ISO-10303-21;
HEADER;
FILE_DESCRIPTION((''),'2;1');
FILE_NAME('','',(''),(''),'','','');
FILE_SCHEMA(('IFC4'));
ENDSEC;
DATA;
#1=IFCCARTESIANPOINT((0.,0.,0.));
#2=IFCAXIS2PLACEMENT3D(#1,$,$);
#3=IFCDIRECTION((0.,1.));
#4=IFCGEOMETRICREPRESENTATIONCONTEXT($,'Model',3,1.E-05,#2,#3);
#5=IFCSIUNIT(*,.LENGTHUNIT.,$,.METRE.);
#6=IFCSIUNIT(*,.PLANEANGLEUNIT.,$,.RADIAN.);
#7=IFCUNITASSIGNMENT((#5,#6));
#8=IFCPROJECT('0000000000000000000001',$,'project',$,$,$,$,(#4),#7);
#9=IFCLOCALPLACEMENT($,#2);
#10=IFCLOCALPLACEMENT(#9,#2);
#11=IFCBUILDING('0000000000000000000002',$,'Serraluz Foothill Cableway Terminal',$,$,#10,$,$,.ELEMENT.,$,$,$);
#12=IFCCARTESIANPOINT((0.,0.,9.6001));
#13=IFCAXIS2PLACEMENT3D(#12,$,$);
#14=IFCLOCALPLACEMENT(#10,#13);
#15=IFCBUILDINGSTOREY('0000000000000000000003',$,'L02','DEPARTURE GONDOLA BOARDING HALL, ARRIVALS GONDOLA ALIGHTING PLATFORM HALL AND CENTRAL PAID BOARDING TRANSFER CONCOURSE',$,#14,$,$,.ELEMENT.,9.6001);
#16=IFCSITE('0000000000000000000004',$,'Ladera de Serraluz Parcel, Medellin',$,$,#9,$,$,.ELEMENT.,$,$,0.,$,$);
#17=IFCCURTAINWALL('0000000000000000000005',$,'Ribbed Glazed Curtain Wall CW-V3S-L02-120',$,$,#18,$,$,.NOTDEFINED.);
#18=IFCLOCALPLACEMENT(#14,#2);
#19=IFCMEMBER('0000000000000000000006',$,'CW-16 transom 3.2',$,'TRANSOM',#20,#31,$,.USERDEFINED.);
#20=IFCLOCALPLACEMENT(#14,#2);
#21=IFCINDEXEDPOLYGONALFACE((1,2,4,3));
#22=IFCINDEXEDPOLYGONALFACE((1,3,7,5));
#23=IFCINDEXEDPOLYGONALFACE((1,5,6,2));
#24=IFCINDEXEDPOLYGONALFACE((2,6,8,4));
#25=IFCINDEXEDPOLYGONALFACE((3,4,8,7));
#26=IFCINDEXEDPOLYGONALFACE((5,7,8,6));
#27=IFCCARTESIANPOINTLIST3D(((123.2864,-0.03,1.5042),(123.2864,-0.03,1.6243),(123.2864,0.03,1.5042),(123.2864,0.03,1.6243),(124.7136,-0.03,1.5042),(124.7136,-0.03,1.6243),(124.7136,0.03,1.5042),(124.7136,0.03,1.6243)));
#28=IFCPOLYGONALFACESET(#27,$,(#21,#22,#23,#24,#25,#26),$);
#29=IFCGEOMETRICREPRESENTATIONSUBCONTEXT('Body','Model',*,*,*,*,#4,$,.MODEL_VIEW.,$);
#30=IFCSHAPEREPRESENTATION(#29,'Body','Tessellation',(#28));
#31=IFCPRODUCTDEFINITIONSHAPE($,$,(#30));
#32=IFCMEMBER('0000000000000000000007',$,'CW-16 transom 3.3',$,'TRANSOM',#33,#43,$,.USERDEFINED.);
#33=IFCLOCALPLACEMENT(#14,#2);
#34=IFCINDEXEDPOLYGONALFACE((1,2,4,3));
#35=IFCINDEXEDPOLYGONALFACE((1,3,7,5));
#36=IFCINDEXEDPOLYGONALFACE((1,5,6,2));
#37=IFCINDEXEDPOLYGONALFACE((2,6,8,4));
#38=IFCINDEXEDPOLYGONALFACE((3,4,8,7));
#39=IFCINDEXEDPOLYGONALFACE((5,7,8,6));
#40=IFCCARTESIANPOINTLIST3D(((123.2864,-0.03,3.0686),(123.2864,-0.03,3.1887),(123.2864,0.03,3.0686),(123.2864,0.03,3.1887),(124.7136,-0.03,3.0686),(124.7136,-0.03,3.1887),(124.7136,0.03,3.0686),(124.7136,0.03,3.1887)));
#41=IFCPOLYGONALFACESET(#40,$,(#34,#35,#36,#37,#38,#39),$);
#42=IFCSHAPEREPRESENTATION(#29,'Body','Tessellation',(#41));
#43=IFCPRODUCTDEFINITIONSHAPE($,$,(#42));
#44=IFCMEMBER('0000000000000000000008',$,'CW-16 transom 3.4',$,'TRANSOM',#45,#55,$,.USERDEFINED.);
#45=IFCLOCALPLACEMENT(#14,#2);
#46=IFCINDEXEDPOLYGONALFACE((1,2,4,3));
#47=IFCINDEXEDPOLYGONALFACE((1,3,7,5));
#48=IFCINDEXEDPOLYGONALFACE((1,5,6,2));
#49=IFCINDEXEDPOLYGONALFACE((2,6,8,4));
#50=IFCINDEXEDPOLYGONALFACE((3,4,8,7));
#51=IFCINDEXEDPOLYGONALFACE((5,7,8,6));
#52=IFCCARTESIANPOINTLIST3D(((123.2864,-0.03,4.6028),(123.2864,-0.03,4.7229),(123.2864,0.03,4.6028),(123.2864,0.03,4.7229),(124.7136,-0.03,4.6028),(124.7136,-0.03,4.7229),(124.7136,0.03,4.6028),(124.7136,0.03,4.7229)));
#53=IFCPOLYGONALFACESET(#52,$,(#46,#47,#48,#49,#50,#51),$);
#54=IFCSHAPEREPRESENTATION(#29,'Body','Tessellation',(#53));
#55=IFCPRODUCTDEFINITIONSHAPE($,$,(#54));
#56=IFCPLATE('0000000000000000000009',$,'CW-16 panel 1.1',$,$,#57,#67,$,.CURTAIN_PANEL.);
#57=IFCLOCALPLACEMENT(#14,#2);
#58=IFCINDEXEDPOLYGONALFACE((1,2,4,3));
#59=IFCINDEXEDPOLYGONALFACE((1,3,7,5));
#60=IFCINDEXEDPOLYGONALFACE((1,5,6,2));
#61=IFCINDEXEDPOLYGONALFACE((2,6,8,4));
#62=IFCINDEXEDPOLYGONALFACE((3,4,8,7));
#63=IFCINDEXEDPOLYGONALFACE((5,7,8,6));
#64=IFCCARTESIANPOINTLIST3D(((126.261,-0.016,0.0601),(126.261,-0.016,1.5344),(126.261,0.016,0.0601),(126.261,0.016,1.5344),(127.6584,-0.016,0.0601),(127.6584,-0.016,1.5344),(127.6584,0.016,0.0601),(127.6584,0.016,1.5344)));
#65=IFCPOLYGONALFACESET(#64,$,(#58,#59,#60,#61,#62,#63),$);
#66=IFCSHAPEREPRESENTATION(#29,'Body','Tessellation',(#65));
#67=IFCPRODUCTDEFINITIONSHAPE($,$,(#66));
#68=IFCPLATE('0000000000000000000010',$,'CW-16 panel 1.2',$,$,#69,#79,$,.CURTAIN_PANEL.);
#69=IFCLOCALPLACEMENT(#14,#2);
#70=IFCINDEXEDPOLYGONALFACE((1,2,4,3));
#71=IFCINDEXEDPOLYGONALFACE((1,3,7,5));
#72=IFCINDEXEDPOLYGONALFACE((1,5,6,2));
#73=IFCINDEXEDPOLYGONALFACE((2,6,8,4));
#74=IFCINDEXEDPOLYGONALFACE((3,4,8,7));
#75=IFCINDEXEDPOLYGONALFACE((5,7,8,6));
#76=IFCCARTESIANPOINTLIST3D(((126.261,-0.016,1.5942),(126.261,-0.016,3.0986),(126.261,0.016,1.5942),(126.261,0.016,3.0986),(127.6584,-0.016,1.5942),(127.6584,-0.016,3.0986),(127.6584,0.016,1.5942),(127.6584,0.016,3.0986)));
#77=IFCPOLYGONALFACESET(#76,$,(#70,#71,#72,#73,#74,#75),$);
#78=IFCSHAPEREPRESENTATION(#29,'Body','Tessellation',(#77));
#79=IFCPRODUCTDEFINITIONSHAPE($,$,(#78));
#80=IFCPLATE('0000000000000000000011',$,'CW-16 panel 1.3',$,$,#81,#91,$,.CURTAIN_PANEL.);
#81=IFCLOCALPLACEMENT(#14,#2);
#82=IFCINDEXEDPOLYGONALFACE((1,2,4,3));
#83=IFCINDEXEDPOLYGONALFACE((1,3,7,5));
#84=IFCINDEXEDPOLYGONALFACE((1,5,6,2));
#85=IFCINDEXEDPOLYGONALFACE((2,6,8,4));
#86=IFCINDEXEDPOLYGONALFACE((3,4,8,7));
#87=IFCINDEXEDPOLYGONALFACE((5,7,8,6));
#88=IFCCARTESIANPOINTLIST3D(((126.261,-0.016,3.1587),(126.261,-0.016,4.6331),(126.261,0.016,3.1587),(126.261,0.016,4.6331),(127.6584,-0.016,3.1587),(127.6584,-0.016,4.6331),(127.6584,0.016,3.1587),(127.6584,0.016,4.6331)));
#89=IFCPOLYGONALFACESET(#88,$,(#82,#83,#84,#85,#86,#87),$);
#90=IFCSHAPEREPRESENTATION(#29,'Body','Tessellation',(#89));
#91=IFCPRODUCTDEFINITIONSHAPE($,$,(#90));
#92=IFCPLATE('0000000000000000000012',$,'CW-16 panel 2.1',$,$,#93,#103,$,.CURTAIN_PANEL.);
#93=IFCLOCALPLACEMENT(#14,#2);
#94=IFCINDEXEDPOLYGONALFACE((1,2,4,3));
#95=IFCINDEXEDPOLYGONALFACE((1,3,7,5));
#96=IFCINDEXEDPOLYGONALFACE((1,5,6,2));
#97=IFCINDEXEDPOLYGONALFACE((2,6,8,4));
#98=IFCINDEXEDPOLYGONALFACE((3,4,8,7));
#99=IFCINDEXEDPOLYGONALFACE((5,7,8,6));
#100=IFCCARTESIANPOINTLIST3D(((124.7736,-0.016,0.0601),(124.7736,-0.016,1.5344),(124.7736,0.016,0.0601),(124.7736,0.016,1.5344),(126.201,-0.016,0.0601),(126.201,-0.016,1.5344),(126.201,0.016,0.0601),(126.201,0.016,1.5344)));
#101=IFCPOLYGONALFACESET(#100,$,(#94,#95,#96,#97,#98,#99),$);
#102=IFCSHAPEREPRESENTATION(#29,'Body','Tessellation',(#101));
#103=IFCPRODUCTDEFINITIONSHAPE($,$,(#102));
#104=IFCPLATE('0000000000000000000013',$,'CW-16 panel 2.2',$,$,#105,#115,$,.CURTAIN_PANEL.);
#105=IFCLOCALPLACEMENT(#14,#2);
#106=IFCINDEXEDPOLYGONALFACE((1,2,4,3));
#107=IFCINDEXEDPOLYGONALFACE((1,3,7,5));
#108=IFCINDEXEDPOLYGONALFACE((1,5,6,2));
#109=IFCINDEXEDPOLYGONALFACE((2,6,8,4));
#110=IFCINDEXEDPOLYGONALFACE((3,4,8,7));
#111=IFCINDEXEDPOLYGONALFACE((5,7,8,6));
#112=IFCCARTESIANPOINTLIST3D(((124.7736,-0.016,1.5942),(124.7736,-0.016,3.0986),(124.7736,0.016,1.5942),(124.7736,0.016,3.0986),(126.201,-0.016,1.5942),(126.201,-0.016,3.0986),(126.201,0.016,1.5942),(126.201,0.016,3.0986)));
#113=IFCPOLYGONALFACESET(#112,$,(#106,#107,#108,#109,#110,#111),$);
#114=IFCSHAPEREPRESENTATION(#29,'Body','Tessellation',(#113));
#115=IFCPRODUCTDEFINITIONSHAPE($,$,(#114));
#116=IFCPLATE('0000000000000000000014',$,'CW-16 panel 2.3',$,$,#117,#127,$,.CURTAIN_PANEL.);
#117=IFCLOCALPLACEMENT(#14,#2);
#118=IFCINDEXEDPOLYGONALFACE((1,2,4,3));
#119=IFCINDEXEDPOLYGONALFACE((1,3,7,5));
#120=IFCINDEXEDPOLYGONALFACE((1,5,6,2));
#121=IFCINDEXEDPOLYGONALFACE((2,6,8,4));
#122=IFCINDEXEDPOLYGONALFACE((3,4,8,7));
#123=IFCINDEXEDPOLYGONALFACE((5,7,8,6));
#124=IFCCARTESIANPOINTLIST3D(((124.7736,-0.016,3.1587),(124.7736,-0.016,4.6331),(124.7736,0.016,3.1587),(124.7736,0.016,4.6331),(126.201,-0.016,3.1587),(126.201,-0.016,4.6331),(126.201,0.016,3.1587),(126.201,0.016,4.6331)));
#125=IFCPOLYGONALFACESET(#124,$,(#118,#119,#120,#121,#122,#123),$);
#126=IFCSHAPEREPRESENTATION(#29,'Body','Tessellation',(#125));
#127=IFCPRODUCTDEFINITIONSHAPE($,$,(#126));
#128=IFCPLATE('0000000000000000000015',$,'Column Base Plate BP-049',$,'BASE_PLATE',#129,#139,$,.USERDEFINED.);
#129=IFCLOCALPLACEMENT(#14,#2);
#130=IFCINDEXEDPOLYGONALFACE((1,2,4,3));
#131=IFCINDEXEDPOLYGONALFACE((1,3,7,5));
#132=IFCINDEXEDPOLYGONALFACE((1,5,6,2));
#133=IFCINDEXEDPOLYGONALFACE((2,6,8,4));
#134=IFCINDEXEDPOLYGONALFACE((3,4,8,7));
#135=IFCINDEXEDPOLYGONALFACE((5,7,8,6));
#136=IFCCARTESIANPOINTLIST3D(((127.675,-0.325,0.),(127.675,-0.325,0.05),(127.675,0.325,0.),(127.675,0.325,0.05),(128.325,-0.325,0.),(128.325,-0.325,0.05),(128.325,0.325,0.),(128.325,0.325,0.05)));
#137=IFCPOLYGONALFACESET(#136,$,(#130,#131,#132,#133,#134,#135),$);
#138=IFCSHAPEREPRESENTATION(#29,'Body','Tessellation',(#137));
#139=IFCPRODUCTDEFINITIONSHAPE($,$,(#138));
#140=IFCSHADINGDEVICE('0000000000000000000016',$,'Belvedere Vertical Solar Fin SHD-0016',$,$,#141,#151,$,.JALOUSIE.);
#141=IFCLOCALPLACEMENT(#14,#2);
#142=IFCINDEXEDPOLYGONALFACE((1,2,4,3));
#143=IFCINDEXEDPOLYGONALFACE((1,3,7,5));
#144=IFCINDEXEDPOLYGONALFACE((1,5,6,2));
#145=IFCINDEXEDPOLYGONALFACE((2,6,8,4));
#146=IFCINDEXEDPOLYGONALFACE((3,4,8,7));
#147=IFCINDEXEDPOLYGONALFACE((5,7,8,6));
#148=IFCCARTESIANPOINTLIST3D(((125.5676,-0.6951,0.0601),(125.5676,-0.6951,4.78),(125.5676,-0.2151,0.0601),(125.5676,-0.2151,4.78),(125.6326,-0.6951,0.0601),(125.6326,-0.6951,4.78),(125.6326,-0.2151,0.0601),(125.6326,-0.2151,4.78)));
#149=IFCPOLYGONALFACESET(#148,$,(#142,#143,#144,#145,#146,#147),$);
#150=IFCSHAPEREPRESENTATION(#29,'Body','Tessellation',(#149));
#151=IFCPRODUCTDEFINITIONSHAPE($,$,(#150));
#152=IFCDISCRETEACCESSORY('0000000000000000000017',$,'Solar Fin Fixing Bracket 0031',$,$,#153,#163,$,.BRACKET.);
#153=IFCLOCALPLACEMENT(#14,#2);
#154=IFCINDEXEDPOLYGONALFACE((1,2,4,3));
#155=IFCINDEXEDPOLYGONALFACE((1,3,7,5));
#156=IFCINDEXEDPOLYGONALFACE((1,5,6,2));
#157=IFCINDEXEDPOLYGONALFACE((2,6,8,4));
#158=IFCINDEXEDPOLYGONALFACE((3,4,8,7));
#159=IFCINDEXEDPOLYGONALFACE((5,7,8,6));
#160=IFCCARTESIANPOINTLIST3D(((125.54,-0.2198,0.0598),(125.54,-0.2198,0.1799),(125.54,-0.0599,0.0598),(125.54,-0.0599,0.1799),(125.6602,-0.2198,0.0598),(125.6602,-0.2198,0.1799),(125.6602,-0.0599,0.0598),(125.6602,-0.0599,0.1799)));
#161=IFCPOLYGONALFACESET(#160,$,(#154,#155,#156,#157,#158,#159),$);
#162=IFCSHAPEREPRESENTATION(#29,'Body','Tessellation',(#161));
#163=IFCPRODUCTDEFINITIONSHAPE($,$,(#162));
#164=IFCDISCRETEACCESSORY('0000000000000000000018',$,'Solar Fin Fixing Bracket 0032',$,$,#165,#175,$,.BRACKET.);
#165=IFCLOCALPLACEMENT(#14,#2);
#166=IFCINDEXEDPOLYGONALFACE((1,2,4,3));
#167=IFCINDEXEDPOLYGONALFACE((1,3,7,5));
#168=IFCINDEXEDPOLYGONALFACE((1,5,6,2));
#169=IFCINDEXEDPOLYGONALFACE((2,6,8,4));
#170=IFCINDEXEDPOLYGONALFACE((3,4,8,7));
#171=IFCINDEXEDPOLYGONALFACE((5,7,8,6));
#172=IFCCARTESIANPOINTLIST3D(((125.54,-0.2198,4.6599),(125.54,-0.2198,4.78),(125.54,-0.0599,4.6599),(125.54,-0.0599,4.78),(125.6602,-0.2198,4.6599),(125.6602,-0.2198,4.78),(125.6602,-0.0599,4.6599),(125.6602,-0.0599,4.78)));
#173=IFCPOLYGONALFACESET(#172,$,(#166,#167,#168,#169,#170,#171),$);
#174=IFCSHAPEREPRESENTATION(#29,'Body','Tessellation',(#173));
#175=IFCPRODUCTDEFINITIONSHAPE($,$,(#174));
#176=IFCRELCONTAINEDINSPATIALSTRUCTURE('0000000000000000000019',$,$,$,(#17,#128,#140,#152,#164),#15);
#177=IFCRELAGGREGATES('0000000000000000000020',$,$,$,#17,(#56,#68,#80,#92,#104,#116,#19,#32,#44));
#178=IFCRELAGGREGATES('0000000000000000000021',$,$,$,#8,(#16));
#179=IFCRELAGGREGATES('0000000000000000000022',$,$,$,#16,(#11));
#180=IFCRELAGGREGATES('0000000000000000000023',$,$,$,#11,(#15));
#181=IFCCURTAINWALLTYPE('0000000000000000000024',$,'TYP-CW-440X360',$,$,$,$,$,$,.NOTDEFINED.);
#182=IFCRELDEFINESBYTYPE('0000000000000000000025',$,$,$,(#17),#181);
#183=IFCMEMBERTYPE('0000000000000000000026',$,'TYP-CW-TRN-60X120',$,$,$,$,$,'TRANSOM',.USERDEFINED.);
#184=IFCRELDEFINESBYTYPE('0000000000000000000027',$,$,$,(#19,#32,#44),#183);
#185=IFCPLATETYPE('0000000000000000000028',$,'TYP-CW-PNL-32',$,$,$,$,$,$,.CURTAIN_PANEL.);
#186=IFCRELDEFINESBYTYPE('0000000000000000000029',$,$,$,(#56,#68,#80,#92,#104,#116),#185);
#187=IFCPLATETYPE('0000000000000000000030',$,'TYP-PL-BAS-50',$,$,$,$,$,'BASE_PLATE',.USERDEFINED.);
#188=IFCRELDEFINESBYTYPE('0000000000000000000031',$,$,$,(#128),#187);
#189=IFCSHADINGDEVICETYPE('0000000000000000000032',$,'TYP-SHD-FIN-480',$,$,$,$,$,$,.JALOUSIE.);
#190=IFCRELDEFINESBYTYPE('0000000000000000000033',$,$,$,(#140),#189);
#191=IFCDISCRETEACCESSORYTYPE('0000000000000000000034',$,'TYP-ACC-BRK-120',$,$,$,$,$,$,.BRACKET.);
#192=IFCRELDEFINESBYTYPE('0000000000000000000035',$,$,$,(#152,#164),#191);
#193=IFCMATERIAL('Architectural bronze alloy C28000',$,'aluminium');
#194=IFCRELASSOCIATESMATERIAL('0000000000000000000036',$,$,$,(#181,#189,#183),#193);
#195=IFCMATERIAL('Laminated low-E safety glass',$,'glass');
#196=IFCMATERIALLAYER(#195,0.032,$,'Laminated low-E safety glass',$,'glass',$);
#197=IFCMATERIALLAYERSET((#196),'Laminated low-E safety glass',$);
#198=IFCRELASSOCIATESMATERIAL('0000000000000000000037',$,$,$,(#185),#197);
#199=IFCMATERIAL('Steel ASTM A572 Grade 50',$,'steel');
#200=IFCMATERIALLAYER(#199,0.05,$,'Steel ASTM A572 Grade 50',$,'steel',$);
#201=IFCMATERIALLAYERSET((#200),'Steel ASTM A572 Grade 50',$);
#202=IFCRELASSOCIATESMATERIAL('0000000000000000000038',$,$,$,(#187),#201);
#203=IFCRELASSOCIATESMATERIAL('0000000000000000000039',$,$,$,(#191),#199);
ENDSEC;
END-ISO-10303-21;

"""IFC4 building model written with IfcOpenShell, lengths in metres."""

from ifc_helpers import new_model, si_unit, direction, frame, origin, origin_2d, place, context, subcontext, project, spatial, rectangle, extrude, material, layer, layer_set, material_profile, profile_set, type_object, element, aggregate, save


model = new_model("IFC4")

# Units and contexts
model_context = context("Model", 3, precision=1e-05, world=origin(), true_north=direction((0.0, 1.0)))
body_context = subcontext(model_context, "Body", "Model", "MODEL_VIEW")
ifc_project = project(units=[si_unit("LENGTHUNIT", "METRE"), si_unit("PLANEANGLEUNIT", "RADIAN")], contexts=[model_context])

# Site, building, storey
site_placement = place(None, origin())
site = spatial("IfcSite", under=ifc_project, at=site_placement, Name="Ladera de Serraluz Parcel, Medellin", CompositionType="ELEMENT", RefElevation=0.0)
building_placement = place(site_placement, origin())
building = spatial("IfcBuilding", under=site, at=building_placement, Name="Serraluz Foothill Cableway Terminal", CompositionType="ELEMENT")
storey_placement = place(building_placement, frame((0.0, 0.0, 9.6001)))
storey = spatial("IfcBuildingStorey", under=building, at=storey_placement, Name="L02", Description="DEPARTURE GONDOLA BOARDING HALL, ARRIVALS GONDOLA ALIGHTING PLATFORM HALL AND CENTRAL PAID BOARDING TRANSFER CONCOURSE", CompositionType="ELEMENT", Elevation=9.6001)

# Curtain wall, members, plates
ifc_material_1 = material(Name="Architectural bronze alloy C28000", Category="aluminium")
curtain_wall_type = type_object("IfcCurtainWallType", Name="TYP-CW-440X360", PredefinedType="NOTDEFINED", material=ifc_material_1)
curtain_wall_placement = place(storey_placement, origin())
curtain_wall = element("IfcCurtainWall", 1, at=curtain_wall_placement, inside=storey, type_object=curtain_wall_type, Name="Ribbed Glazed Curtain Wall CW-V3S-L02-120", PredefinedType="NOTDEFINED")
ifc_material_profile_1 = material_profile(ifc_material_1, rectangle(XDim=0.0601, YDim=0.1201, at=origin_2d()), Name="ALU TRANSOM 60x120")
ifc_profile_set_1 = profile_set([ifc_material_profile_1], Name="Architectural bronze alloy C28000")
member_type_1 = type_object("IfcMemberType", Name="TYP-CW-TRN-60X120", ElementType="TRANSOM", PredefinedType="USERDEFINED", material=ifc_profile_set_1)
member_1_placement = place(storey_placement, frame((124.7136, 0.0, 1.5642), z_axis=(-1.0, 0.0, 0.0), x_axis=(0.0, -1.0, 0.0)))
member_1 = element("IfcMember", 2, at=member_1_placement, type_object=member_type_1, Name="CW-16 transom 3.2", ObjectType="TRANSOM", PredefinedType="USERDEFINED", context=body_context, shape_type="SweptSolid", body=[
    extrude(rectangle(XDim=0.0601, YDim=0.1201, at=origin_2d()), origin(), (0.0, 0.0, 1.0), 1.4272),
])
member_2_placement = place(storey_placement, frame((124.7136, 0.0, 3.1287), z_axis=(-1.0, 0.0, 0.0), x_axis=(0.0, -1.0, 0.0)))
member_2 = element("IfcMember", 3, at=member_2_placement, type_object=member_type_1, Name="CW-16 transom 3.3", ObjectType="TRANSOM", PredefinedType="USERDEFINED", context=body_context, shape_type="SweptSolid", body=[
    extrude(rectangle(XDim=0.0601, YDim=0.1201, at=origin_2d()), origin(), (0.0, 0.0, 1.0), 1.4272),
])
member_3_placement = place(storey_placement, frame((124.7136, 0.0, 4.6628), z_axis=(-1.0, 0.0, 0.0), x_axis=(0.0, -1.0, 0.0)))
member_3 = element("IfcMember", 4, at=member_3_placement, type_object=member_type_1, Name="CW-16 transom 3.4", ObjectType="TRANSOM", PredefinedType="USERDEFINED", context=body_context, shape_type="SweptSolid", body=[
    extrude(rectangle(XDim=0.0601, YDim=0.1201, at=origin_2d()), origin(), (0.0, 0.0, 1.0), 1.4272),
])
ifc_material_2 = material(Name="Laminated low-E safety glass", Category="glass")
ifc_layer_1 = layer(ifc_material_2, 0.032, Name="Laminated low-E safety glass", Category="glass")
ifc_layer_set_1 = layer_set([ifc_layer_1], Name="Laminated low-E safety glass")
plate_type_1 = type_object("IfcPlateType", Name="TYP-CW-PNL-32", PredefinedType="CURTAIN_PANEL", material=ifc_layer_set_1)
plate_1_placement = place(storey_placement, frame((126.9597, 0.0, 0.0601), z_axis=(0.0, 0.0, 1.0), x_axis=(-1.0, 0.0, 0.0)))
plate_1 = element("IfcPlate", 5, at=plate_1_placement, type_object=plate_type_1, Name="CW-16 panel 1.1", PredefinedType="CURTAIN_PANEL", context=body_context, shape_type="SweptSolid", body=[
    extrude(rectangle(XDim=1.3975, YDim=0.032, at=origin_2d()), origin(), (0.0, 0.0, 1.0), 1.4744),
])
plate_2_placement = place(storey_placement, frame((126.9597, 0.0, 1.5942), z_axis=(0.0, 0.0, 1.0), x_axis=(-1.0, 0.0, 0.0)))
plate_2 = element("IfcPlate", 6, at=plate_2_placement, type_object=plate_type_1, Name="CW-16 panel 1.2", PredefinedType="CURTAIN_PANEL", context=body_context, shape_type="SweptSolid", body=[
    extrude(rectangle(XDim=1.3975, YDim=0.032, at=origin_2d()), origin(), (0.0, 0.0, 1.0), 1.5044),
])
plate_3_placement = place(storey_placement, frame((126.9597, 0.0, 3.1587), z_axis=(0.0, 0.0, 1.0), x_axis=(-1.0, 0.0, 0.0)))
plate_3 = element("IfcPlate", 7, at=plate_3_placement, type_object=plate_type_1, Name="CW-16 panel 1.3", PredefinedType="CURTAIN_PANEL", context=body_context, shape_type="SweptSolid", body=[
    extrude(rectangle(XDim=1.3975, YDim=0.032, at=origin_2d()), origin(), (0.0, 0.0, 1.0), 1.4744),
])
plate_4_placement = place(storey_placement, frame((125.4873, 0.0, 0.0601), z_axis=(0.0, 0.0, 1.0), x_axis=(-1.0, 0.0, 0.0)))
plate_4 = element("IfcPlate", 8, at=plate_4_placement, type_object=plate_type_1, Name="CW-16 panel 2.1", PredefinedType="CURTAIN_PANEL", context=body_context, shape_type="SweptSolid", body=[
    extrude(rectangle(XDim=1.4275, YDim=0.032, at=origin_2d()), origin(), (0.0, 0.0, 1.0), 1.4744),
])
plate_5_placement = place(storey_placement, frame((125.4873, 0.0, 1.5942), z_axis=(0.0, 0.0, 1.0), x_axis=(-1.0, 0.0, 0.0)))
plate_5 = element("IfcPlate", 9, at=plate_5_placement, type_object=plate_type_1, Name="CW-16 panel 2.2", PredefinedType="CURTAIN_PANEL", context=body_context, shape_type="SweptSolid", body=[
    extrude(rectangle(XDim=1.4275, YDim=0.032, at=origin_2d()), origin(), (0.0, 0.0, 1.0), 1.5044),
])
plate_6_placement = place(storey_placement, frame((125.4873, 0.0, 3.1587), z_axis=(0.0, 0.0, 1.0), x_axis=(-1.0, 0.0, 0.0)))
plate_6 = element("IfcPlate", 10, at=plate_6_placement, type_object=plate_type_1, Name="CW-16 panel 2.3", PredefinedType="CURTAIN_PANEL", context=body_context, shape_type="SweptSolid", body=[
    extrude(rectangle(XDim=1.4275, YDim=0.032, at=origin_2d()), origin(), (0.0, 0.0, 1.0), 1.4744),
])
aggregate(curtain_wall, [plate_1, plate_2, plate_3, plate_4, plate_5, plate_6, member_1, member_2, member_3])

# Plate
ifc_material_3 = material(Name="Steel ASTM A572 Grade 50", Category="steel")
ifc_layer_2 = layer(ifc_material_3, 0.05, Name="Steel ASTM A572 Grade 50", Category="steel")
ifc_layer_set_2 = layer_set([ifc_layer_2], Name="Steel ASTM A572 Grade 50")
plate_type_2 = type_object("IfcPlateType", Name="TYP-PL-BAS-50", ElementType="BASE_PLATE", PredefinedType="USERDEFINED", material=ifc_layer_set_2)
plate_7_placement = place(storey_placement, frame((128.0, 0.0, 0.0), z_axis=(0.0, 0.0, 1.0), x_axis=(1.0, 0.0, 0.0)))
element("IfcPlate", 11, at=plate_7_placement, inside=storey, type_object=plate_type_2, Name="Column Base Plate BP-049", ObjectType="BASE_PLATE", PredefinedType="USERDEFINED", context=body_context, shape_type="SweptSolid", body=[
    extrude(rectangle(XDim=0.6499, YDim=0.6499, at=origin_2d()), origin(), (0.0, 0.0, 1.0), 0.05),
])

# Shading device
shading_device_type = type_object("IfcShadingDeviceType", Name="TYP-SHD-FIN-480", PredefinedType="JALOUSIE", material=ifc_material_1)
shading_device_placement = place(storey_placement, frame((125.6001, -0.4551, 0.0601), z_axis=(0.0, 0.0, 1.0), x_axis=(1.0, 0.0, 0.0)))
element("IfcShadingDevice", 12, at=shading_device_placement, inside=storey, type_object=shading_device_type, Name="Belvedere Vertical Solar Fin SHD-0016", PredefinedType="JALOUSIE", context=body_context, shape_type="SweptSolid", body=[
    extrude(rectangle(XDim=0.0649, YDim=0.48, at=origin_2d()), origin(), (0.0, 0.0, 1.0), 4.72),
])

# Discrete accessories
discrete_accessory_type = type_object("IfcDiscreteAccessoryType", Name="TYP-ACC-BRK-120", PredefinedType="BRACKET", material=ifc_material_3)
for number, where, z_axis, x_axis, name in (
    (13, (125.6001, -0.1399, 0.0598), (0.0, 0.0, 1.0), (1.0, 0.0, 0.0), "Solar Fin Fixing Bracket 0031"),
    (14, (125.6001, -0.1399, 4.6599), (0.0, 0.0, 1.0), (1.0, 0.0, 0.0), "Solar Fin Fixing Bracket 0032"),
):
    element("IfcDiscreteAccessory", number, at=place(storey_placement, frame(where, z_axis=z_axis, x_axis=x_axis)), inside=storey, type_object=discrete_accessory_type, Name=name, PredefinedType="BRACKET", context=body_context, shape_type="SweptSolid", body=[
        extrude(rectangle(XDim=0.1201, YDim=0.1599, at=origin_2d()), origin(), (0.0, 0.0, 1.0), 0.1201),
    ])

save(model, "model.ifc")
